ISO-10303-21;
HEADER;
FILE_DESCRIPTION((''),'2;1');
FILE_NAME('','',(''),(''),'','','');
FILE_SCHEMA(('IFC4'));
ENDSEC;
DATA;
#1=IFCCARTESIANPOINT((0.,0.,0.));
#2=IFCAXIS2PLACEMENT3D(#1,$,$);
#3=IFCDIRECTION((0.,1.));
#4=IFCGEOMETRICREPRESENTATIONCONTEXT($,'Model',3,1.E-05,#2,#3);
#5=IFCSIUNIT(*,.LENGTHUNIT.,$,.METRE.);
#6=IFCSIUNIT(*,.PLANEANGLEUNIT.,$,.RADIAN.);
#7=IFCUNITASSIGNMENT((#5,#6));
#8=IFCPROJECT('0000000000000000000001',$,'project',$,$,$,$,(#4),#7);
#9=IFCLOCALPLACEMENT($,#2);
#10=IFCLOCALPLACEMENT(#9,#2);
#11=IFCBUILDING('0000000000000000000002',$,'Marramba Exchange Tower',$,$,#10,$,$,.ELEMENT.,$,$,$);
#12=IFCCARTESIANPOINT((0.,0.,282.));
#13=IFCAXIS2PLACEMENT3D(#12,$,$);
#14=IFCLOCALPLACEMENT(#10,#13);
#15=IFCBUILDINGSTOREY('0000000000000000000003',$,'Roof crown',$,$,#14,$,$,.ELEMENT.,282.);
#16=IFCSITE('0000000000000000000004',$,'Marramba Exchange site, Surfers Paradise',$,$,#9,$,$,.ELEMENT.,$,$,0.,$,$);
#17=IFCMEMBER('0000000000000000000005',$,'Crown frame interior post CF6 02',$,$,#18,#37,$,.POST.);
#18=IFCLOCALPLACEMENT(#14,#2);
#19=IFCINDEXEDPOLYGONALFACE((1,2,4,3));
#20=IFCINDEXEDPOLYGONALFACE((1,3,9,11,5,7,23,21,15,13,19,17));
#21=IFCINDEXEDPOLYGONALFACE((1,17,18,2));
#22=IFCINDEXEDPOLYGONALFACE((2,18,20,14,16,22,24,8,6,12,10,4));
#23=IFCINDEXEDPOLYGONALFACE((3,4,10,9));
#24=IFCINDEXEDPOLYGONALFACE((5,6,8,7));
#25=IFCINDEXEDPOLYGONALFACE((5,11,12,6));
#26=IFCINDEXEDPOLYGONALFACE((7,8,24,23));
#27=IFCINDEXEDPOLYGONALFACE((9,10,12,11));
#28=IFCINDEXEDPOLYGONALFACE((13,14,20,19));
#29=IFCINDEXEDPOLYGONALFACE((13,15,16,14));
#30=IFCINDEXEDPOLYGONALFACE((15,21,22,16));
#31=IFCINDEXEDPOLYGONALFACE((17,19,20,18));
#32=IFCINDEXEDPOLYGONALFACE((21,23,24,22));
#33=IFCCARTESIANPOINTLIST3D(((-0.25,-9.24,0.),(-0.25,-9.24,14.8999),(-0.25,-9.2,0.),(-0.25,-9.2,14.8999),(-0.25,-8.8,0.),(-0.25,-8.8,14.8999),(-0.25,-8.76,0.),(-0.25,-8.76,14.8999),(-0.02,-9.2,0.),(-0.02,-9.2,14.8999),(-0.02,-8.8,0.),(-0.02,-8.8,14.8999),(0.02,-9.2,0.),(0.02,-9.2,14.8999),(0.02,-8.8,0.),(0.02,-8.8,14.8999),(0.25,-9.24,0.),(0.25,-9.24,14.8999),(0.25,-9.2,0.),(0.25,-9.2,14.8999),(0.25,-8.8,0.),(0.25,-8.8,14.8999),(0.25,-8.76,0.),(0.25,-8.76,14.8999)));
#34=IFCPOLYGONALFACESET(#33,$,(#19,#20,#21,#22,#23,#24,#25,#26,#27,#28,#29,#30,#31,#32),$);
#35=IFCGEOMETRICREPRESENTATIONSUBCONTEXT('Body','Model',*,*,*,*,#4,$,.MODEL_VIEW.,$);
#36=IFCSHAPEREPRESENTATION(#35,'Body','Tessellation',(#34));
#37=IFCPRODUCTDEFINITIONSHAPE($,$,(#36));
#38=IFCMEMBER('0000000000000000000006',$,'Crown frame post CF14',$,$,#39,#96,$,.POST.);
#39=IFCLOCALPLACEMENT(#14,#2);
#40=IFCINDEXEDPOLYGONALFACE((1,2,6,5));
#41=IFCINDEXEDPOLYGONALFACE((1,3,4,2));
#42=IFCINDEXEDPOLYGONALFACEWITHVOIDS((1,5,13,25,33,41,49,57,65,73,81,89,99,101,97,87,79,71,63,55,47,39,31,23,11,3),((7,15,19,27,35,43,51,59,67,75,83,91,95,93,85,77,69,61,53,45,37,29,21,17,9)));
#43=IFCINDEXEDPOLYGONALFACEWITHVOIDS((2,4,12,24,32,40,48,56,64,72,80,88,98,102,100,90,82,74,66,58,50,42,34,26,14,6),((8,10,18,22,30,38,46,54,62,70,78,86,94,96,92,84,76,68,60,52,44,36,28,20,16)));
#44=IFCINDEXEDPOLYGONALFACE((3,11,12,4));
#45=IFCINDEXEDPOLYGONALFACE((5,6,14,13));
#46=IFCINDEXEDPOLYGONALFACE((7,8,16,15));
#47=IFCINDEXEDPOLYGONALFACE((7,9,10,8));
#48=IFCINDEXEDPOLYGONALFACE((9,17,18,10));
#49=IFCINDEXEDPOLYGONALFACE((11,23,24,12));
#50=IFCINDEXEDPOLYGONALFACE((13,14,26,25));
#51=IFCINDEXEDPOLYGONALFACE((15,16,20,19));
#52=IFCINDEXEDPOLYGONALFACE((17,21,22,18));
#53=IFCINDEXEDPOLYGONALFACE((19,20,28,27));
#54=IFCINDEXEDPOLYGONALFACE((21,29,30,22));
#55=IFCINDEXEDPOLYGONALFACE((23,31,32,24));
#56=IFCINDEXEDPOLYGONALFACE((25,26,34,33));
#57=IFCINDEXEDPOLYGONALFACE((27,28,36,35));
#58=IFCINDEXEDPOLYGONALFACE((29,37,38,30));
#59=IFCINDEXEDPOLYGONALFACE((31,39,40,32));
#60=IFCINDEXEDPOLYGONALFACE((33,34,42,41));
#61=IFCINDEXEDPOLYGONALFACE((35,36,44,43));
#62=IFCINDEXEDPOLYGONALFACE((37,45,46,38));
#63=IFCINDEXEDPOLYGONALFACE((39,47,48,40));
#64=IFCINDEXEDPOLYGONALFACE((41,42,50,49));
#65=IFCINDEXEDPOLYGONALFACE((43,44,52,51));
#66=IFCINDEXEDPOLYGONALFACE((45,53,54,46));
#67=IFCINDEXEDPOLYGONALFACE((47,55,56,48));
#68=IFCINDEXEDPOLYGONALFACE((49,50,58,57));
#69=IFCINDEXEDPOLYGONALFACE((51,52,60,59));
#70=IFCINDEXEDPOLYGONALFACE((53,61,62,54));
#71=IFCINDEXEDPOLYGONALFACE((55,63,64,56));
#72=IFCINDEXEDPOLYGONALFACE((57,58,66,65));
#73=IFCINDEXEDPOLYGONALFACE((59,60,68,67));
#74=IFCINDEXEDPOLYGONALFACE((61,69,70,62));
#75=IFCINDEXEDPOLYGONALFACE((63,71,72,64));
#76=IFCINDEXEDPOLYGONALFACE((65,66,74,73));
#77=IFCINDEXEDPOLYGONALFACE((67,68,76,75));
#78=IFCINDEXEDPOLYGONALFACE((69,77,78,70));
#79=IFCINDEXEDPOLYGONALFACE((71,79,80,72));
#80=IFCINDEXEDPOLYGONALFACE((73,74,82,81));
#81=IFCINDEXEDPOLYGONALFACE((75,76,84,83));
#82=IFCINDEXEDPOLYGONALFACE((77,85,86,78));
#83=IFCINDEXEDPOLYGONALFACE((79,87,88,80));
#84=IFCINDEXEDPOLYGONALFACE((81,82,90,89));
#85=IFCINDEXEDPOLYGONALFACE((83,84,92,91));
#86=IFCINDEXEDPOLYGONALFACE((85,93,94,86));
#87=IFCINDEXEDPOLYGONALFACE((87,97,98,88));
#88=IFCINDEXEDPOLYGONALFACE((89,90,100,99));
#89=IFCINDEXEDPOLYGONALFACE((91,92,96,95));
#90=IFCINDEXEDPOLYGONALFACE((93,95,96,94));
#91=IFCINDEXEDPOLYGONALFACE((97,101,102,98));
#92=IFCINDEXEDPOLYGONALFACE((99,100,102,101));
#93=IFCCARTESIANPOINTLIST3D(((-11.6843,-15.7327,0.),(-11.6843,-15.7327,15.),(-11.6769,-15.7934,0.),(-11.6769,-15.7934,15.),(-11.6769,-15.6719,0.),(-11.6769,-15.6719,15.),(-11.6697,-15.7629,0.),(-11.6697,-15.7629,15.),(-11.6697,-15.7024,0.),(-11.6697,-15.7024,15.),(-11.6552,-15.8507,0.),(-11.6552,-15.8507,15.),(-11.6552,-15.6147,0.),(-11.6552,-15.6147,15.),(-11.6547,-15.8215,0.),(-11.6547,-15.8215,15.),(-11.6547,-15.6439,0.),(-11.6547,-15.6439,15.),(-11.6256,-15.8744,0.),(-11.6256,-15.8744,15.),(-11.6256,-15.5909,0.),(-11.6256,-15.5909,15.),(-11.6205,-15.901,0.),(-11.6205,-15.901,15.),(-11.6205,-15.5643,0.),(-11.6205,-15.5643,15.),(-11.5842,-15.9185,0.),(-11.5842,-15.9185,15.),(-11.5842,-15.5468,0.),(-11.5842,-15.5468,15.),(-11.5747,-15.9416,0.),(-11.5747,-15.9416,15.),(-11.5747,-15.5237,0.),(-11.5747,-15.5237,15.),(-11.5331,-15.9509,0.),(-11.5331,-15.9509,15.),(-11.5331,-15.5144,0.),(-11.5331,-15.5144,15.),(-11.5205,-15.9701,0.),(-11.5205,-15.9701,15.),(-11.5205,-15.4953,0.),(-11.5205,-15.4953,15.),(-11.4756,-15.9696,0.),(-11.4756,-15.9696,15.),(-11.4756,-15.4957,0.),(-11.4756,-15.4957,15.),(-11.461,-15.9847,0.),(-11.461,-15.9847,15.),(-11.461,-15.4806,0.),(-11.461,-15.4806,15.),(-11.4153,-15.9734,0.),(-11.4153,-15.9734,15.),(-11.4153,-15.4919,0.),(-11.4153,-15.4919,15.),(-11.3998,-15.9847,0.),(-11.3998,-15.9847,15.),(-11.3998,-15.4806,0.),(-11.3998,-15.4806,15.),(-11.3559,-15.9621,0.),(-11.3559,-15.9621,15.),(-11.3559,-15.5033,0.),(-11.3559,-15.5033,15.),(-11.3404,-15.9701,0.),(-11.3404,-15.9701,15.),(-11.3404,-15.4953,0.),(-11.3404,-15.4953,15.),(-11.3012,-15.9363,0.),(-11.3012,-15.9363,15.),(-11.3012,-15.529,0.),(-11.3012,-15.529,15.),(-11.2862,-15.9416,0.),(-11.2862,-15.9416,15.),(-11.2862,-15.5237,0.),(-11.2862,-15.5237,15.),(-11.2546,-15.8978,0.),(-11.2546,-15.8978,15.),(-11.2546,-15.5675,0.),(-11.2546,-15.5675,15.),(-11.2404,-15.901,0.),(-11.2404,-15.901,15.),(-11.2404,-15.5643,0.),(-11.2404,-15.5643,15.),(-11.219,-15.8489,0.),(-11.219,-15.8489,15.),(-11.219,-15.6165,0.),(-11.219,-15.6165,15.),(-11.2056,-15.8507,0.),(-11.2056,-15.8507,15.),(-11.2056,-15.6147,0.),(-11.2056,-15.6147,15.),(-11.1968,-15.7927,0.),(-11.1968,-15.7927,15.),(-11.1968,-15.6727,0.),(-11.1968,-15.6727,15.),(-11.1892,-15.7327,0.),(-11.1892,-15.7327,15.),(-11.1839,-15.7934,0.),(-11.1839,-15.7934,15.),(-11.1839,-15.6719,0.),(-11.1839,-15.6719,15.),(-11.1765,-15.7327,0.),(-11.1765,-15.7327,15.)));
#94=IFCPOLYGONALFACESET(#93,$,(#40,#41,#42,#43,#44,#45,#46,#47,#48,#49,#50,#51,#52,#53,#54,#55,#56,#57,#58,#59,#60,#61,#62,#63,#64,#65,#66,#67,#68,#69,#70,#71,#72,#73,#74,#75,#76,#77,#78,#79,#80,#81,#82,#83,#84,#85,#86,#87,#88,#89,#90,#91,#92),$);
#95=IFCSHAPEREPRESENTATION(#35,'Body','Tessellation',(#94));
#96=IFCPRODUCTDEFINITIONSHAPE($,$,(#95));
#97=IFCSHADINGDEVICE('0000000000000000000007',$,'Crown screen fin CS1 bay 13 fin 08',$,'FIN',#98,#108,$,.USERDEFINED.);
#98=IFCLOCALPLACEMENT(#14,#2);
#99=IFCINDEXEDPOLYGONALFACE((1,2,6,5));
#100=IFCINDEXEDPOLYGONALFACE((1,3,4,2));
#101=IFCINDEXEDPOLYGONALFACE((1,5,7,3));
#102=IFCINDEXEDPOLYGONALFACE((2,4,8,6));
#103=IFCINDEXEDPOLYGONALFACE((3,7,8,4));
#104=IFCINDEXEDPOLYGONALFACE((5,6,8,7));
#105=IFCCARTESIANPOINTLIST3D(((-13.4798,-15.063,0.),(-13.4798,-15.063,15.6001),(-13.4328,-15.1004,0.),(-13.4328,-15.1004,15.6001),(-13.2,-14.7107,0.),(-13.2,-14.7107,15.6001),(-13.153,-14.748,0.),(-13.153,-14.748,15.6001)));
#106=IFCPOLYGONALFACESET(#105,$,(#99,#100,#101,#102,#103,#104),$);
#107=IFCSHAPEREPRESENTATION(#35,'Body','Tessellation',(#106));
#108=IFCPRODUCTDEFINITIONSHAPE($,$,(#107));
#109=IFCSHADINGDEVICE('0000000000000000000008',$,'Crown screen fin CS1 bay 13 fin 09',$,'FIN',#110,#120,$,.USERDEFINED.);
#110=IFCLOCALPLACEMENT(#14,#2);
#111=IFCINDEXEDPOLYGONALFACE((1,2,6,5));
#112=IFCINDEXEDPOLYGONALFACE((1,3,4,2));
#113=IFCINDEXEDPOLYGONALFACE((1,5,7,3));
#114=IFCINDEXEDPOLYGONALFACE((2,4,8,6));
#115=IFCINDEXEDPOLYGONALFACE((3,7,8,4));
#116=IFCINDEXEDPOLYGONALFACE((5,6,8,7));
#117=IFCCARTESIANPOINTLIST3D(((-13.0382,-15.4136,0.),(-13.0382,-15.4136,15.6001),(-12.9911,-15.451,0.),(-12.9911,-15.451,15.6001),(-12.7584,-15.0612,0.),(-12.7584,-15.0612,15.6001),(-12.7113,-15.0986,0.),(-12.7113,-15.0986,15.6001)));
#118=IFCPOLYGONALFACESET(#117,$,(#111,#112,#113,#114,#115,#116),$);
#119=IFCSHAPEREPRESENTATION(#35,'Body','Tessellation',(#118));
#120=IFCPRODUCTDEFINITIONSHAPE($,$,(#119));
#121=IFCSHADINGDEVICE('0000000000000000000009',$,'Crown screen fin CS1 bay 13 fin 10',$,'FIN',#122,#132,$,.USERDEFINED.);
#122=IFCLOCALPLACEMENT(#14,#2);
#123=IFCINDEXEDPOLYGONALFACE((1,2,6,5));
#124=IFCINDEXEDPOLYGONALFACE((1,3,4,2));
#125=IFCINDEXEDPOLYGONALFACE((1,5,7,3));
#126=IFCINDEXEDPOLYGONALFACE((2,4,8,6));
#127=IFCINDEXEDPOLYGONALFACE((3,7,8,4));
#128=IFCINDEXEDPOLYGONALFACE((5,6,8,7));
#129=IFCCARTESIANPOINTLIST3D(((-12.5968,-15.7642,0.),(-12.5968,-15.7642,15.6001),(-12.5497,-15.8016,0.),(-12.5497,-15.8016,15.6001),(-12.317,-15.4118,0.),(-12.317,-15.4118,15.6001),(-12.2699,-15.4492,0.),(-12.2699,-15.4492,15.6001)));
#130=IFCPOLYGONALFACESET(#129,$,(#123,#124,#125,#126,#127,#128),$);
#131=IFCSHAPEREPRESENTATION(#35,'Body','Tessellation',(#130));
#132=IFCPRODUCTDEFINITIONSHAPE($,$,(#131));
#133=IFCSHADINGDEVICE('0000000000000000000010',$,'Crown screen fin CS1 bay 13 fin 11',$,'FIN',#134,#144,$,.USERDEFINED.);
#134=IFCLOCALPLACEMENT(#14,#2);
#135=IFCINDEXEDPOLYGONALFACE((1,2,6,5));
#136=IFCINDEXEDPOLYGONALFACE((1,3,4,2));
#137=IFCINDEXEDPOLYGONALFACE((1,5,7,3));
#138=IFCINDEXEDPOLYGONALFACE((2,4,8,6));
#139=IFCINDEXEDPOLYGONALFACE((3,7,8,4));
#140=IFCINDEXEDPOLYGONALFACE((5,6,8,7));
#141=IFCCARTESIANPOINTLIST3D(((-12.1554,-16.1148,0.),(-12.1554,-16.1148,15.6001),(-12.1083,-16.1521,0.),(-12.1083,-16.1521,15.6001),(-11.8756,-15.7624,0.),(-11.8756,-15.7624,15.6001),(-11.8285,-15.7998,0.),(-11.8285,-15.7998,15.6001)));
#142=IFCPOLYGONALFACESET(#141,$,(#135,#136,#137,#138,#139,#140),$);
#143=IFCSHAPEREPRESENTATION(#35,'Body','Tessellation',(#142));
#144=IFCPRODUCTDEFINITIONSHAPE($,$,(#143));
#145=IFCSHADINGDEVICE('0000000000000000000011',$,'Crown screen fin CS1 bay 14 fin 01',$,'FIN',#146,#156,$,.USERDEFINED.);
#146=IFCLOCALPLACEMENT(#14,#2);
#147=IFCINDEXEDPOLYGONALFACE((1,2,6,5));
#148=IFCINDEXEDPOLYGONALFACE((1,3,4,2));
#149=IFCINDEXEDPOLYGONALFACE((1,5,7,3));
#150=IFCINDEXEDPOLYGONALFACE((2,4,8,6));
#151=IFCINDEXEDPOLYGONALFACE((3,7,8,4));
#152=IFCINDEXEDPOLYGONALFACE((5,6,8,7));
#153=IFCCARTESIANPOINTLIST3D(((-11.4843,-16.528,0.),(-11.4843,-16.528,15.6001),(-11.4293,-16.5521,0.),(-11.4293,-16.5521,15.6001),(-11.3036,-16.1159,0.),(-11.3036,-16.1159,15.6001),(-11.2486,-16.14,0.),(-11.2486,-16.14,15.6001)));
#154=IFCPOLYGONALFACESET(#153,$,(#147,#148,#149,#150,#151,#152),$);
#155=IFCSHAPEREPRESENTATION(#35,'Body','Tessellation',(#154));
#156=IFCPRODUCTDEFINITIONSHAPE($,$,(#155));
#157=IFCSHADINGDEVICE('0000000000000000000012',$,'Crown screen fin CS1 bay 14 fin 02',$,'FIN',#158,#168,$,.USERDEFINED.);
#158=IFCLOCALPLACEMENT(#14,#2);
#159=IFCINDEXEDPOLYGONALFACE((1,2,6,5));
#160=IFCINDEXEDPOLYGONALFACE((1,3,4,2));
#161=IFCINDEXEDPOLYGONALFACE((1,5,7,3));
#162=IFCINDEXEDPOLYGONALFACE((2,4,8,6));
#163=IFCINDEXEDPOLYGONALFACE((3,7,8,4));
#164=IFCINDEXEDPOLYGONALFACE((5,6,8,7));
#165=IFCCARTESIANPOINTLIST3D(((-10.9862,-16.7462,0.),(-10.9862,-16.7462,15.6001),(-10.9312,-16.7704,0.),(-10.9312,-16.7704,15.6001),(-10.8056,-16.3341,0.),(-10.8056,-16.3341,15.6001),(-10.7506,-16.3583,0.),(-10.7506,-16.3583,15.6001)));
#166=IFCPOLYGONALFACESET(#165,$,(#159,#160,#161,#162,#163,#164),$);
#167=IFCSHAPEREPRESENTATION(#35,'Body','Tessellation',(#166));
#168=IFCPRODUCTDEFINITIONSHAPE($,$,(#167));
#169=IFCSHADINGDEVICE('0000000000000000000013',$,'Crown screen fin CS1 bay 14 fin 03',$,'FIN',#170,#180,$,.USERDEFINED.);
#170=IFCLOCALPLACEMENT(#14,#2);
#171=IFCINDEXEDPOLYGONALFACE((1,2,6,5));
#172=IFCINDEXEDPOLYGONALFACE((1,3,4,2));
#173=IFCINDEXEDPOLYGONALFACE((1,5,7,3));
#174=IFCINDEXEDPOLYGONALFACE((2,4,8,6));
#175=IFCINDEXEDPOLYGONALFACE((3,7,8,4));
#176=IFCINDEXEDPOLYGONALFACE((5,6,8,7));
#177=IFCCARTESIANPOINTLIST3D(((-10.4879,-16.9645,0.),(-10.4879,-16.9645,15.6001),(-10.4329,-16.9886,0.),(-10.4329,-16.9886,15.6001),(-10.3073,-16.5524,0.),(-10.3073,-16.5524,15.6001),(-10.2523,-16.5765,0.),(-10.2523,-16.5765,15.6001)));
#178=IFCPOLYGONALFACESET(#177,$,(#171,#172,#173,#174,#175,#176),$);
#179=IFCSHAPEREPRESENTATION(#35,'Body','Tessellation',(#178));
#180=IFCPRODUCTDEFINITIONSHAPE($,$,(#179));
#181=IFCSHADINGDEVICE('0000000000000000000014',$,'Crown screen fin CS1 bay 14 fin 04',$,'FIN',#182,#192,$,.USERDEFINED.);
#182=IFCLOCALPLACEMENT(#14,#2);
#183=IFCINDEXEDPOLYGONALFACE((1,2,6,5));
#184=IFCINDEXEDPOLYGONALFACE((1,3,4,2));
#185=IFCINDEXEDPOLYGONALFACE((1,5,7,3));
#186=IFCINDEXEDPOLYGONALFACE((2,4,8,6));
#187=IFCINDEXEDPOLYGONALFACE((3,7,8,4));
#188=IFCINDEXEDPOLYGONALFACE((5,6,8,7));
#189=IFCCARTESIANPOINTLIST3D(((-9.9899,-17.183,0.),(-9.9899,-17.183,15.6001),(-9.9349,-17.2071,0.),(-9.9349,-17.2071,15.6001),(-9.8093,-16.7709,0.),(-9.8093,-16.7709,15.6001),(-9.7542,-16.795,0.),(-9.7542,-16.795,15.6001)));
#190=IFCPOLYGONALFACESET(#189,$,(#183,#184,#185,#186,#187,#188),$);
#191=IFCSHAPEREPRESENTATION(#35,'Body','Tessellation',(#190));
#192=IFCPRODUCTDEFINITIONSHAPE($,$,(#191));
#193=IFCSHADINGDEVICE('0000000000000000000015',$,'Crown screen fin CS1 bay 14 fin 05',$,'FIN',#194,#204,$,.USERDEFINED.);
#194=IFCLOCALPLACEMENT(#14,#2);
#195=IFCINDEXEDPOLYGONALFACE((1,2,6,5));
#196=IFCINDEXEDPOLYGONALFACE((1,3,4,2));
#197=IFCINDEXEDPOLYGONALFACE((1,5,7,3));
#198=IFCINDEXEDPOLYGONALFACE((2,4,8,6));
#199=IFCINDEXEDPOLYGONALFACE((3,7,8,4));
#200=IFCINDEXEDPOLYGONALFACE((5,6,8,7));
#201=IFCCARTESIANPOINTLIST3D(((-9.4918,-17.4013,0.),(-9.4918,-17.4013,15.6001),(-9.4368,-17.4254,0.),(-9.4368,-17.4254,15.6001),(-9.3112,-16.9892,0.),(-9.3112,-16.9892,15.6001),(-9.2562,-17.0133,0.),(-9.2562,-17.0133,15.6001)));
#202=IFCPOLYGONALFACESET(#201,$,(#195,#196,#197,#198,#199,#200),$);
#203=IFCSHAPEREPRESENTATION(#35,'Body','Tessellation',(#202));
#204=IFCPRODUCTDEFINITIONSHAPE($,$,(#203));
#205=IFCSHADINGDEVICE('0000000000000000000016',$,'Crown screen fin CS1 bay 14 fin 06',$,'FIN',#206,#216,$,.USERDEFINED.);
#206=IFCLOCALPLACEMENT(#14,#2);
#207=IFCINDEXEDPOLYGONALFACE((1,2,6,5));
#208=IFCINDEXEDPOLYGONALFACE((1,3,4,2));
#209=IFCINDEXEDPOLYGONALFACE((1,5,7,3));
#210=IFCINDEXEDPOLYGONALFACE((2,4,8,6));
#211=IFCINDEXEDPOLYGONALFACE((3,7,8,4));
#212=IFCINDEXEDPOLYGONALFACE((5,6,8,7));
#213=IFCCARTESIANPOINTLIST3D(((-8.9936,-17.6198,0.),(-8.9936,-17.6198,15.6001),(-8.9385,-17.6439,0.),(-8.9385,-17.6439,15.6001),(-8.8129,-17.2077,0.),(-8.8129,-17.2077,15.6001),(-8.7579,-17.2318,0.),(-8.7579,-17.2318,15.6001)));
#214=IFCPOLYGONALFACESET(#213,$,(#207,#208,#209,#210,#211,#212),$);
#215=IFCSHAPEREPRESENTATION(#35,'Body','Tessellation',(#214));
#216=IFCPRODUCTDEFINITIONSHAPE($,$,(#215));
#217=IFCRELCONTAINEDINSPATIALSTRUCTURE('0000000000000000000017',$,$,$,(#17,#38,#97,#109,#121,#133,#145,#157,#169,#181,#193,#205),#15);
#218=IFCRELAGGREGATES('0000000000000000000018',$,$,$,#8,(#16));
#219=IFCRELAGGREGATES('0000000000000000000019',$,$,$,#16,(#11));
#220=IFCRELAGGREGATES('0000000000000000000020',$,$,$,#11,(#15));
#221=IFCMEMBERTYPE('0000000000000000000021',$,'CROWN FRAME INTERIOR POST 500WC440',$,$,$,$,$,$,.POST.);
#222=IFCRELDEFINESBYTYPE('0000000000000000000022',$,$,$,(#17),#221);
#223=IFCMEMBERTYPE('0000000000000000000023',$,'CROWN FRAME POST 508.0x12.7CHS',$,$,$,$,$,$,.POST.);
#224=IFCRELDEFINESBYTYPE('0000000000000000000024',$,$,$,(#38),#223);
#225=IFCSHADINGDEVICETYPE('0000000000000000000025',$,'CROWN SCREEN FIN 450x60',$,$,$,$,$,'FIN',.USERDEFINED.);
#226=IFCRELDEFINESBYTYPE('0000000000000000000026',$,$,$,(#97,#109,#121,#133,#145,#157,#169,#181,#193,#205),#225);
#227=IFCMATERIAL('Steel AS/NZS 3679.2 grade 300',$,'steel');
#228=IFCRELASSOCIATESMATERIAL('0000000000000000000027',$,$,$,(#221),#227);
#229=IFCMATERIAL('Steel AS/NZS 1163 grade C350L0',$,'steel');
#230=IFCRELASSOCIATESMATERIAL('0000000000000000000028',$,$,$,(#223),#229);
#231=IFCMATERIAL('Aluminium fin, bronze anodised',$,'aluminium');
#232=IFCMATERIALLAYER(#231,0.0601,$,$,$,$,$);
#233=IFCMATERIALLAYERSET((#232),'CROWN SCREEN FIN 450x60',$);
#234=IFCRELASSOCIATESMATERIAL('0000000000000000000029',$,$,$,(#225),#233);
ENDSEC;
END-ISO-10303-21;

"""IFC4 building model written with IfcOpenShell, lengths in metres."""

from ifc_helpers import new_model, si_unit, direction, frame, origin, origin_2d, place, context, subcontext, project, spatial, rectangle, hollow_circle, i_section, extrude, material, layer, layer_set, material_profile, profile_set, type_object, element, save


model = new_model("IFC4")

# Units and contexts
model_context = context("Model", 3, precision=1e-05, world=origin(), true_north=direction((0.0, 1.0)))
body_context = subcontext(model_context, "Body", "Model", "MODEL_VIEW")
ifc_project = project(units=[si_unit("LENGTHUNIT", "METRE"), si_unit("PLANEANGLEUNIT", "RADIAN")], contexts=[model_context])

# Site, building, storey
site_placement = place(None, origin())
site = spatial("IfcSite", under=ifc_project, at=site_placement, Name="Marramba Exchange site, Surfers Paradise", CompositionType="ELEMENT", RefElevation=0.0)
building_placement = place(site_placement, origin())
building = spatial("IfcBuilding", under=site, at=building_placement, Name="Marramba Exchange Tower", CompositionType="ELEMENT")
storey_placement = place(building_placement, frame((0.0, 0.0, 282.0)))
storey = spatial("IfcBuildingStorey", under=building, at=storey_placement, Name="Roof crown", CompositionType="ELEMENT", Elevation=282.0)

# Members
ifc_material_1 = material(Name="Steel AS/NZS 3679.2 grade 300", Category="steel")
ifc_material_profile_1 = material_profile(ifc_material_1, i_section(OverallWidth=0.5, OverallDepth=0.48, WebThickness=0.04, FlangeThickness=0.04, at=origin_2d()), Name="500WC440")
ifc_profile_set_1 = profile_set([ifc_material_profile_1], Name="Steel AS/NZS 3679.2 grade 300")
member_type_1 = type_object("IfcMemberType", Name="CROWN FRAME INTERIOR POST 500WC440", PredefinedType="POST", material=ifc_profile_set_1)
member_1_placement = place(storey_placement, frame((0.0, -9.0, 0.0), z_axis=(0.0, 0.0, 1.0), x_axis=(1.0, 0.0, 0.0)))
element("IfcMember", 1, at=member_1_placement, inside=storey, type_object=member_type_1, Name="Crown frame interior post CF6 02", PredefinedType="POST", context=body_context, shape_type="SweptSolid", body=[
    extrude(i_section(OverallWidth=0.5, OverallDepth=0.48, WebThickness=0.04, FlangeThickness=0.04, at=origin_2d()), origin(), (0.0, 0.0, 1.0), 14.8999),
])
ifc_material_2 = material(Name="Steel AS/NZS 1163 grade C350L0", Category="steel")
ifc_material_profile_2 = material_profile(ifc_material_2, hollow_circle(Radius=0.2539, WallThickness=0.0127, at=origin_2d()), Name="508.0x12.7CHS")
ifc_profile_set_2 = profile_set([ifc_material_profile_2], Name="Steel AS/NZS 1163 grade C350L0")
member_type_2 = type_object("IfcMemberType", Name="CROWN FRAME POST 508.0x12.7CHS", PredefinedType="POST", material=ifc_profile_set_2)
member_2_placement = place(storey_placement, frame((-11.4304, -15.7327, 0.0), z_axis=(0.0, 0.0, 1.0), x_axis=(1.0, 0.0, 0.0)))
element("IfcMember", 2, at=member_2_placement, inside=storey, type_object=member_type_2, Name="Crown frame post CF14", PredefinedType="POST", context=body_context, shape_type="SweptSolid", body=[
    extrude(hollow_circle(Radius=0.2539, WallThickness=0.0127, at=origin_2d()), origin(), (0.0, 0.0, 1.0), 15.0),
])

# Shading devices
ifc_material_3 = material(Name="Aluminium fin, bronze anodised", Category="aluminium")
ifc_layer_1 = layer(ifc_material_3, 0.0601)
ifc_layer_set_1 = layer_set([ifc_layer_1], Name="CROWN SCREEN FIN 450x60")
shading_device_type = type_object("IfcShadingDeviceType", Name="CROWN SCREEN FIN 450x60", ElementType="FIN", PredefinedType="USERDEFINED", material=ifc_layer_set_1)
for number, where, z_axis, x_axis, name in (
    (3, (-13.3164, -14.9055, 0.0), (0.0, 0.0, 1.0), (-0.621845, -0.78314, 0.0), "Crown screen fin CS1 bay 13 fin 08"),
    (4, (-12.8748, -15.2561, 0.0), (0.0, 0.0, 1.0), (-0.621845, -0.78314, 0.0), "Crown screen fin CS1 bay 13 fin 09"),
    (5, (-12.4333, -15.6067, 0.0), (0.0, 0.0, 1.0), (-0.621845, -0.78314, 0.0), "Crown screen fin CS1 bay 13 fin 10"),
    (6, (-11.9919, -15.9573, 0.0), (0.0, 0.0, 1.0), (-0.621845, -0.78314, 0.0), "Crown screen fin CS1 bay 13 fin 11"),
    (7, (-11.3665, -16.334, 0.0), (0.0, 0.0, 1.0), (-0.401466, -0.915874, 0.0), "Crown screen fin CS1 bay 14 fin 01"),
    (8, (-10.8684, -16.5522, 0.0), (0.0, 0.0, 1.0), (-0.401466, -0.915874, 0.0), "Crown screen fin CS1 bay 14 fin 02"),
    (9, (-10.3701, -16.7705, 0.0), (0.0, 0.0, 1.0), (-0.401466, -0.915874, 0.0), "Crown screen fin CS1 bay 14 fin 03"),
    (10, (-9.8721, -16.989, 0.0), (0.0, 0.0, 1.0), (-0.401466, -0.915874, 0.0), "Crown screen fin CS1 bay 14 fin 04"),
    (11, (-9.374, -17.2073, 0.0), (0.0, 0.0, 1.0), (-0.401466, -0.915874, 0.0), "Crown screen fin CS1 bay 14 fin 05"),
    (12, (-8.8757, -17.4258, 0.0), (0.0, 0.0, 1.0), (-0.401466, -0.915874, 0.0), "Crown screen fin CS1 bay 14 fin 06"),
):
    element("IfcShadingDevice", number, at=place(storey_placement, frame(where, z_axis=z_axis, x_axis=x_axis)), inside=storey, type_object=shading_device_type, Name=name, ObjectType="FIN", PredefinedType="USERDEFINED", context=body_context, shape_type="SweptSolid", body=[
        extrude(rectangle(XDim=0.45, YDim=0.0601, at=origin_2d()), origin(), (0.0, 0.0, 1.0), 15.6001),
    ])

save(model, "model.ifc")
